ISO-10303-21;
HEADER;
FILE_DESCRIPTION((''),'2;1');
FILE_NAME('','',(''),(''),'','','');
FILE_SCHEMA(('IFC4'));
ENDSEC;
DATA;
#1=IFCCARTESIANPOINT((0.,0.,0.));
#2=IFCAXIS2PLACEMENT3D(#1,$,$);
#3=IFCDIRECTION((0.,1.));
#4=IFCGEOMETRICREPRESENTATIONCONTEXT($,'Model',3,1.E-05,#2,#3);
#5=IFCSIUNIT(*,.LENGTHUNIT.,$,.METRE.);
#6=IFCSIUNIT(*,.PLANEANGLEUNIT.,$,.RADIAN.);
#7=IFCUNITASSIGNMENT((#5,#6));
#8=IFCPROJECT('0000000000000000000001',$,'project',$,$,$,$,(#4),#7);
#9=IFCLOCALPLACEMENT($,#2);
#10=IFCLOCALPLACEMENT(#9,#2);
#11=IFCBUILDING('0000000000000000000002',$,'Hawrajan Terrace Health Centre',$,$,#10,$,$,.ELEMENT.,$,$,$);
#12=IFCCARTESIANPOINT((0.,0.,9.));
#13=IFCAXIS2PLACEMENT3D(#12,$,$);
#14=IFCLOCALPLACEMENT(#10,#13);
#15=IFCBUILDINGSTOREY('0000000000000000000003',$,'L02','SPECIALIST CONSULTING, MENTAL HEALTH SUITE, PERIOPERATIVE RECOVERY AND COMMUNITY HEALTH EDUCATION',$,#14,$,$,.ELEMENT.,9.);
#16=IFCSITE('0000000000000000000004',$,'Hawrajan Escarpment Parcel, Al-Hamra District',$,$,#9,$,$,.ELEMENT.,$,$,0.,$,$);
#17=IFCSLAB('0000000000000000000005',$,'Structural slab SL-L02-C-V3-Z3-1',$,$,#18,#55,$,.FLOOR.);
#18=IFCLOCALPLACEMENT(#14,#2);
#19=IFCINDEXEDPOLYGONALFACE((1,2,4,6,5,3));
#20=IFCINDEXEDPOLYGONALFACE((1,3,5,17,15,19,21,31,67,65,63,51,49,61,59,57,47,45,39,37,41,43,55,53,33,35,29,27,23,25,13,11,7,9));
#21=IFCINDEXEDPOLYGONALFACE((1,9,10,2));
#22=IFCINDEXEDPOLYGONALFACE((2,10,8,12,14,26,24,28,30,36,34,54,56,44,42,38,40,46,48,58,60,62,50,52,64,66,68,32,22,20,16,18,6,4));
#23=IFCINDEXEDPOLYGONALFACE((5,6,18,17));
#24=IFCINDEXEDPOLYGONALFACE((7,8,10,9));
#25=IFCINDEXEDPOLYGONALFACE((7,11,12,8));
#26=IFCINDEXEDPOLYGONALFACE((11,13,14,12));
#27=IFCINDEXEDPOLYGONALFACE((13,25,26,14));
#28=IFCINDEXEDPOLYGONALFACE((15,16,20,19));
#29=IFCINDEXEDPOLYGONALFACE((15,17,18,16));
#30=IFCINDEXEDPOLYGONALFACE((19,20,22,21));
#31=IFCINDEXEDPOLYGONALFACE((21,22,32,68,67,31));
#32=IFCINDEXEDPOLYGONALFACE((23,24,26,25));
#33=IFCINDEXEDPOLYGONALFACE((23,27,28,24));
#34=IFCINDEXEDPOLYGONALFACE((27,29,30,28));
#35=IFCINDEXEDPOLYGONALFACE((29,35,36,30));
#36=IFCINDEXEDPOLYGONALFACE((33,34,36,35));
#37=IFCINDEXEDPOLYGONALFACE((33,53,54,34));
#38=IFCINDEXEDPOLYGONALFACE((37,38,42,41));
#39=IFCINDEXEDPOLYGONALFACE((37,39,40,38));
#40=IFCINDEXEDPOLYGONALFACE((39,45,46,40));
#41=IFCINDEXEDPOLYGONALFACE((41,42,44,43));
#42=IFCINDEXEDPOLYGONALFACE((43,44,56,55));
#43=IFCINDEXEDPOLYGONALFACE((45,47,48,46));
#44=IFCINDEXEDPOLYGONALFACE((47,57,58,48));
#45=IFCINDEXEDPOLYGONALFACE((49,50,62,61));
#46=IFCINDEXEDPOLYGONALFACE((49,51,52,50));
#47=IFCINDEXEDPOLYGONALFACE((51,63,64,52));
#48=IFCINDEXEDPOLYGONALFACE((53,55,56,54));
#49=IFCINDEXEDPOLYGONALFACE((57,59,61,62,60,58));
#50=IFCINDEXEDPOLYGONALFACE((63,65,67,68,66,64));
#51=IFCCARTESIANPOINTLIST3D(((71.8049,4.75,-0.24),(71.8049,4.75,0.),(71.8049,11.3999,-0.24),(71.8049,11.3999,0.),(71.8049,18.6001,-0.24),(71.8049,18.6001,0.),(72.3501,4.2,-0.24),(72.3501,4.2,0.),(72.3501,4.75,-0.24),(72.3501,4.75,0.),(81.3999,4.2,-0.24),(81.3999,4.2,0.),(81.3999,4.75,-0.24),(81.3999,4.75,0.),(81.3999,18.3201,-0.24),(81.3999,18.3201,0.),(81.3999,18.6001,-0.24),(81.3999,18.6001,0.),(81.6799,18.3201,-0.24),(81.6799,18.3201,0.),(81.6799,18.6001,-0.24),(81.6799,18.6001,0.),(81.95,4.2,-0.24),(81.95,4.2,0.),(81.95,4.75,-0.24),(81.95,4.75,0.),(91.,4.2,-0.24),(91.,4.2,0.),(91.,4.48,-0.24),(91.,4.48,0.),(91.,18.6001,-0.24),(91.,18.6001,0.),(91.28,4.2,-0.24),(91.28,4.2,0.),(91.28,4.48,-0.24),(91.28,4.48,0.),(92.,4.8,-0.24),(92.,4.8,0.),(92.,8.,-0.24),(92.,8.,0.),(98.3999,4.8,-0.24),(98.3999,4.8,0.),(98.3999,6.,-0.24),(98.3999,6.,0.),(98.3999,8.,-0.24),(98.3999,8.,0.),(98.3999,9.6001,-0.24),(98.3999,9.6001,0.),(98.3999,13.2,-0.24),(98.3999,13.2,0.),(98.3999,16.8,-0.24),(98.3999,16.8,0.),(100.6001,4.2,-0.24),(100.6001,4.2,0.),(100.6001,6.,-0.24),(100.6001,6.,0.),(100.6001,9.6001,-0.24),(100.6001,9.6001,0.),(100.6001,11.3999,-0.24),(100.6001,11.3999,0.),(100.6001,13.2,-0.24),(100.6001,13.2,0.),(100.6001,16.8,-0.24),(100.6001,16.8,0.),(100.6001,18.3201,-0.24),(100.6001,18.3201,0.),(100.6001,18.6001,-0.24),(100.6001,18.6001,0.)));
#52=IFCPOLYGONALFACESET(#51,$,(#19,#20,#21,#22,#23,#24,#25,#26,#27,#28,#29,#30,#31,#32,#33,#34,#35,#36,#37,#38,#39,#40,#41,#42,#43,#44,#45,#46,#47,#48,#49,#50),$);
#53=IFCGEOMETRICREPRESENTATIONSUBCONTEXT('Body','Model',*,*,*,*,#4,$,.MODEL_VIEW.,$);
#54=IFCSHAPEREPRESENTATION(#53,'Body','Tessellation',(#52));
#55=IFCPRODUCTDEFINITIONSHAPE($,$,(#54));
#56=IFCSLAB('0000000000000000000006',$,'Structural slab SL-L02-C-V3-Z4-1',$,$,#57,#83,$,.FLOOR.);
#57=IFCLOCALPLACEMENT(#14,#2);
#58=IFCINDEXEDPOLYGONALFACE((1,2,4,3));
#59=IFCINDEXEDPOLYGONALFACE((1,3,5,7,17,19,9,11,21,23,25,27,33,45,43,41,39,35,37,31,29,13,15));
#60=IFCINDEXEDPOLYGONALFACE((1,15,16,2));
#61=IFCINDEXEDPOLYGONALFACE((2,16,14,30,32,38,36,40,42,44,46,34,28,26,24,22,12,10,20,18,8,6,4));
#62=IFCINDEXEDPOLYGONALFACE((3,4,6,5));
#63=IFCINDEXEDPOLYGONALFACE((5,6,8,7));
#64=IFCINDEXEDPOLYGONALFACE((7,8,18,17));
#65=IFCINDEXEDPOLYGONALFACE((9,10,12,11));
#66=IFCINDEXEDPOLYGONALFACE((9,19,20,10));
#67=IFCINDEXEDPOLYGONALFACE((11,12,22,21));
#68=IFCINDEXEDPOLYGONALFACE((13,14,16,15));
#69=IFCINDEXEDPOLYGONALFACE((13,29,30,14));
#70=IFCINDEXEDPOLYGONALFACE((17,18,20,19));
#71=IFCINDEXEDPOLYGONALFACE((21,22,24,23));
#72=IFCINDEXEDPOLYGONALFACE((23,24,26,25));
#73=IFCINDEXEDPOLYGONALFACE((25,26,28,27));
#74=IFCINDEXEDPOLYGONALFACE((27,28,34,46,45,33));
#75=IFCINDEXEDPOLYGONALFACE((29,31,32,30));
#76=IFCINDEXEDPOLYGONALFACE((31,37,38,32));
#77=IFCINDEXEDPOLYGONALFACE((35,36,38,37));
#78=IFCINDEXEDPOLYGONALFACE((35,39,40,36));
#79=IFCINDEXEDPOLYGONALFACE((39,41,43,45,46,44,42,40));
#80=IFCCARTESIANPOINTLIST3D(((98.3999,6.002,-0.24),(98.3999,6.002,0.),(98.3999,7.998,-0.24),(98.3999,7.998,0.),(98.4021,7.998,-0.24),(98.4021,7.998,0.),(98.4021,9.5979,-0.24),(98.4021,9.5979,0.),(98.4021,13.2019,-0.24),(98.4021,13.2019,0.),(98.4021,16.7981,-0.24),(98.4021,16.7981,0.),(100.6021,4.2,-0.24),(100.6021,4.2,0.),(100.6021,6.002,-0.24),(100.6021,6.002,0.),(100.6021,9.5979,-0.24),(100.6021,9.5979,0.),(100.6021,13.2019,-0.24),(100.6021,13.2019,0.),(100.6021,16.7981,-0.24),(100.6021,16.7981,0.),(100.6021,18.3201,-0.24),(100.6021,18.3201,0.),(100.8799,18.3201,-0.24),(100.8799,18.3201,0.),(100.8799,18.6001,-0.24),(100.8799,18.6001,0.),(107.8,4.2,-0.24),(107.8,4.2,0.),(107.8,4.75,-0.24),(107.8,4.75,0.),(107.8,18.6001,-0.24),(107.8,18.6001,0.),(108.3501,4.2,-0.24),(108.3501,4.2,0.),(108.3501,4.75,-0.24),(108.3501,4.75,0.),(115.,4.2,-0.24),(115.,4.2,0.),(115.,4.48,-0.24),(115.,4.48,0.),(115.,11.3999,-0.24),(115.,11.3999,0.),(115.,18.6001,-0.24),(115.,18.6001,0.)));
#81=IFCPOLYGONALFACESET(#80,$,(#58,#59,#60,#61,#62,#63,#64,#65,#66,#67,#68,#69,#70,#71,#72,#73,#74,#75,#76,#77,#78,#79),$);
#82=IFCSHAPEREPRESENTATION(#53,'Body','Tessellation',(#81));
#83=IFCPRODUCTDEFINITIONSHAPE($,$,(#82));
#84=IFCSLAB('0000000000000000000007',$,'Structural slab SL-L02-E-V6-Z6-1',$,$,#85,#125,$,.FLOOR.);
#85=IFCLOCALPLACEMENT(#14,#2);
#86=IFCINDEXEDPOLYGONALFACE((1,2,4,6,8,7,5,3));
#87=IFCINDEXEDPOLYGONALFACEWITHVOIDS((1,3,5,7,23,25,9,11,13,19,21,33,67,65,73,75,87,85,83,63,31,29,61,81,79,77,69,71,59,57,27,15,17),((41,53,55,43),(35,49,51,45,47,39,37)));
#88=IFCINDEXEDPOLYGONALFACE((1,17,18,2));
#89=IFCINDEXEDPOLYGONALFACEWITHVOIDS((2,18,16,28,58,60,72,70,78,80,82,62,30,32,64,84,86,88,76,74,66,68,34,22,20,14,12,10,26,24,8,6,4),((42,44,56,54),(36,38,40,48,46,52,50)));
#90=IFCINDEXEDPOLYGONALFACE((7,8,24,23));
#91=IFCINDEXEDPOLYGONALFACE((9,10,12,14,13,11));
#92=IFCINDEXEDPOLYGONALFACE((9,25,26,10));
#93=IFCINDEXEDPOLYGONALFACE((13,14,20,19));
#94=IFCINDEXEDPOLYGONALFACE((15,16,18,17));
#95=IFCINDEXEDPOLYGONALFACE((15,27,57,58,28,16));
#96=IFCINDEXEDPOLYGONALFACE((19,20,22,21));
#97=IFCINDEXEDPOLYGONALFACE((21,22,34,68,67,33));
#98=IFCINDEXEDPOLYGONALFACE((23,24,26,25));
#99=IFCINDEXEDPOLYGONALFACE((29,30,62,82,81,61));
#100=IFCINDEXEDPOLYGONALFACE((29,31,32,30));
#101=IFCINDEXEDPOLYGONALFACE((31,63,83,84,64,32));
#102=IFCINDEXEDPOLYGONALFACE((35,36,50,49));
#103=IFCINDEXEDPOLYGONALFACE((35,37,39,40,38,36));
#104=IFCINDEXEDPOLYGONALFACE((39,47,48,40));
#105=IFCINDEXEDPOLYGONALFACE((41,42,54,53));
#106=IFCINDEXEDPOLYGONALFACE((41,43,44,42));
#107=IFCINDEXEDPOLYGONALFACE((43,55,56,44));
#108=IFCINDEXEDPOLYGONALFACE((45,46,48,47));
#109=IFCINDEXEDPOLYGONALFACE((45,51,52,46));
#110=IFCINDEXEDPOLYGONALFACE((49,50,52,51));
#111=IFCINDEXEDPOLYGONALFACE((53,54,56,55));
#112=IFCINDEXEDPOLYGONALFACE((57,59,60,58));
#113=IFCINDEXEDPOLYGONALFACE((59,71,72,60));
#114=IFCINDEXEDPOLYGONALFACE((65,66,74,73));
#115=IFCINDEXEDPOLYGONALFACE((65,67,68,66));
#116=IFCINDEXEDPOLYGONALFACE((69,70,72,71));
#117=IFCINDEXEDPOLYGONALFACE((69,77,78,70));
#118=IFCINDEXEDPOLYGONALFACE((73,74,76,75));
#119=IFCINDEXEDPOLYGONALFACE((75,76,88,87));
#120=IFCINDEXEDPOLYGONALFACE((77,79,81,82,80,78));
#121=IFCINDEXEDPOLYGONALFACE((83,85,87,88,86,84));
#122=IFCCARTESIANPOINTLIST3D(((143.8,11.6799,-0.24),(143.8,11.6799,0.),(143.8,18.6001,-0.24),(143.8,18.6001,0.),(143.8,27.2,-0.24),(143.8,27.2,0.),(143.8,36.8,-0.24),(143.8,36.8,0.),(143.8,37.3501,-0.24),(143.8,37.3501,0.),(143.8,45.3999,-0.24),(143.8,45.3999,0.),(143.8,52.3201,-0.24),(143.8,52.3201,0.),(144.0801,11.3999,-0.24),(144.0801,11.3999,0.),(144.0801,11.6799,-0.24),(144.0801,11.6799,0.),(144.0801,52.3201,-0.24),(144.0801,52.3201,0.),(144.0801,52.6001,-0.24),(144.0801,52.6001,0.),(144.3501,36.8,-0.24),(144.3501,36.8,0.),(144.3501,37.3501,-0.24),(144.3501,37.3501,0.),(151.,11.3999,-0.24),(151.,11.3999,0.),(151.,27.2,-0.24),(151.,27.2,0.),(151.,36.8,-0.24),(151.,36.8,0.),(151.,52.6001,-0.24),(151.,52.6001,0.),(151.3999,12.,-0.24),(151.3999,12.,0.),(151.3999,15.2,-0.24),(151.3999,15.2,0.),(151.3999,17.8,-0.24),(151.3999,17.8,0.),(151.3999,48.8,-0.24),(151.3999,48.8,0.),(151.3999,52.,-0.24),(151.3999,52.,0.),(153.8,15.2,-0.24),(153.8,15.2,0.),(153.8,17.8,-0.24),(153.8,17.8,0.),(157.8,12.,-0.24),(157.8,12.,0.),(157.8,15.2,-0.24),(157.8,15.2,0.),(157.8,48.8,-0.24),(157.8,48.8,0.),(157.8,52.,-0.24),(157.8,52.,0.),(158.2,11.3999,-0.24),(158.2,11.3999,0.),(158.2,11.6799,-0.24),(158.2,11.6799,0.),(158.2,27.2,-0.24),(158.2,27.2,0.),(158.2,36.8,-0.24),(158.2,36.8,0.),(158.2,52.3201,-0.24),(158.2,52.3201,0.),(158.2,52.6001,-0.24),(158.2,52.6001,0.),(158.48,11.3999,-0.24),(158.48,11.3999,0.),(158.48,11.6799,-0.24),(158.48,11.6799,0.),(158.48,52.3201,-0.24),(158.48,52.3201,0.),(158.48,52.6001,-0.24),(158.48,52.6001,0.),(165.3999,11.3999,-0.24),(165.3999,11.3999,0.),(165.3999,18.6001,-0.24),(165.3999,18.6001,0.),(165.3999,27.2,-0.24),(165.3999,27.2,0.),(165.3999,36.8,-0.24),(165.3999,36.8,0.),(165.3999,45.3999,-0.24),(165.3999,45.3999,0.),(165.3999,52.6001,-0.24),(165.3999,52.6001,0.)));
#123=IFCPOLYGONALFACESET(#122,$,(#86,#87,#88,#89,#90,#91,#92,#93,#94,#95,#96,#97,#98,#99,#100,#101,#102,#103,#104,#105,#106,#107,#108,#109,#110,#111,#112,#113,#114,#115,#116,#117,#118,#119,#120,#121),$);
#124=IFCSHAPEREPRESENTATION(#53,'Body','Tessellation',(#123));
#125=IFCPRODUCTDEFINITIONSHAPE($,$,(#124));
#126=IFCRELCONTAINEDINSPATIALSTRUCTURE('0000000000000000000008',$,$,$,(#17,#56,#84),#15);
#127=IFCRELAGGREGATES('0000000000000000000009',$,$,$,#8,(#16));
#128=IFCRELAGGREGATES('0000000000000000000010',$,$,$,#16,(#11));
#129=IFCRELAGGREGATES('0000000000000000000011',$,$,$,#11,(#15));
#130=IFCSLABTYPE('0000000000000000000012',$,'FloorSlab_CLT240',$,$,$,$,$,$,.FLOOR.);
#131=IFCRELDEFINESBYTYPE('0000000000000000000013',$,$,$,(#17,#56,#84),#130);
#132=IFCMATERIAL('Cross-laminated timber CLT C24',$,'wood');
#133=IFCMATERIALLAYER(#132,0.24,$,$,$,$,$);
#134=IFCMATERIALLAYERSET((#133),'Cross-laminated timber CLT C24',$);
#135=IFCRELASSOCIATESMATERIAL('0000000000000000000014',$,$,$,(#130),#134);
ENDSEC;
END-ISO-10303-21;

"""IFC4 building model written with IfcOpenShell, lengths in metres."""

from ifc_helpers import new_model, si_unit, direction, frame, origin, place, context, subcontext, project, spatial, polyline, outline, extrude, material, layer, layer_set, type_object, element, save


model = new_model("IFC4")

# Units and contexts
model_context = context("Model", 3, precision=1e-05, world=origin(), true_north=direction((0.0, 1.0)))
body_context = subcontext(model_context, "Body", "Model", "MODEL_VIEW")
ifc_project = project(units=[si_unit("LENGTHUNIT", "METRE"), si_unit("PLANEANGLEUNIT", "RADIAN")], contexts=[model_context])

# Site, building, storey
site_placement = place(None, origin())
site = spatial("IfcSite", under=ifc_project, at=site_placement, Name="Hawrajan Escarpment Parcel, Al-Hamra District", CompositionType="ELEMENT", RefElevation=0.0)
building_placement = place(site_placement, origin())
building = spatial("IfcBuilding", under=site, at=building_placement, Name="Hawrajan Terrace Health Centre", CompositionType="ELEMENT")
storey_placement = place(building_placement, frame((0.0, 0.0, 9.0)))
storey = spatial("IfcBuildingStorey", under=building, at=storey_placement, Name="L02", Description="SPECIALIST CONSULTING, MENTAL HEALTH SUITE, PERIOPERATIVE RECOVERY AND COMMUNITY HEALTH EDUCATION", CompositionType="ELEMENT", Elevation=9.0)

# Slabs
ifc_material_1 = material(Name="Cross-laminated timber CLT C24", Category="wood")
ifc_layer_1 = layer(ifc_material_1, 0.24)
ifc_layer_set_1 = layer_set([ifc_layer_1], Name="Cross-laminated timber CLT C24")
slab_type_1 = type_object("IfcSlabType", Name="FloorSlab_CLT240", PredefinedType="FLOOR", material=ifc_layer_set_1)
slab_1_placement = place(storey_placement, frame((0.0, 0.0, -0.24)))
element("IfcSlab", 1, at=slab_1_placement, inside=storey, type_object=slab_type_1, Name="Structural slab SL-L02-C-V3-Z3-1", PredefinedType="FLOOR", context=body_context, shape_type="SweptSolid", body=[
    extrude(outline(polyline([(71.8049, 18.6001), (81.3999, 18.6001), (81.3999, 18.3201), (81.6799, 18.3201), (81.6799, 18.6001), (91.0, 18.6001), (100.6001, 18.6001), (100.6001, 18.3201), (100.6001, 16.8), (98.3999, 16.8), (98.3999, 13.2), (100.6001, 13.2), (100.6001, 11.3999), (100.6001, 9.6001), (98.3999, 9.6001), (98.3999, 8.0), (92.0, 8.0), (92.0, 4.8), (98.3999, 4.8), (98.3999, 6.0), (100.6001, 6.0), (100.6001, 4.2), (91.28, 4.2), (91.28, 4.48), (91.0, 4.48), (91.0, 4.2), (81.95, 4.2), (81.95, 4.75), (81.3999, 4.75), (81.3999, 4.2), (72.3501, 4.2), (72.3501, 4.75), (71.8049, 4.75), (71.8049, 11.3999), (71.8049, 18.6001)])), origin(), (0.0, 0.0, 1.0), 0.24),
])
slab_2_placement = place(storey_placement, frame((0.0, 0.0, -0.24)))
element("IfcSlab", 2, at=slab_2_placement, inside=storey, type_object=slab_type_1, Name="Structural slab SL-L02-C-V3-Z4-1", PredefinedType="FLOOR", context=body_context, shape_type="SweptSolid", body=[
    extrude(outline(polyline([(100.8799, 18.3201), (100.8799, 18.6001), (107.8, 18.6001), (115.0, 18.6001), (115.0, 11.3999), (115.0, 4.48), (115.0, 4.2), (108.3501, 4.2), (108.3501, 4.75), (107.8, 4.75), (107.8, 4.2), (100.6021, 4.2), (100.6021, 6.002), (98.3999, 6.002), (98.3999, 7.998), (98.4021, 7.998), (98.4021, 9.5979), (100.6021, 9.5979), (100.6021, 13.2019), (98.4021, 13.2019), (98.4021, 16.7981), (100.6021, 16.7981), (100.6021, 18.3201), (100.8799, 18.3201)])), origin(), (0.0, 0.0, 1.0), 0.24),
])
slab_3_placement = place(storey_placement, frame((0.0, 0.0, -0.24)))
element("IfcSlab", 3, at=slab_3_placement, inside=storey, type_object=slab_type_1, Name="Structural slab SL-L02-E-V6-Z6-1", PredefinedType="FLOOR", context=body_context, shape_type="SweptSolid", body=[
    extrude(outline(polyline([(144.3501, 36.8), (144.3501, 37.3501), (143.8, 37.3501), (143.8, 45.3999), (143.8, 52.3201), (144.0801, 52.3201), (144.0801, 52.6001), (151.0, 52.6001), (158.2, 52.6001), (158.2, 52.3201), (158.48, 52.3201), (158.48, 52.6001), (165.3999, 52.6001), (165.3999, 45.3999), (165.3999, 36.8), (158.2, 36.8), (151.0, 36.8), (151.0, 27.2), (158.2, 27.2), (165.3999, 27.2), (165.3999, 18.6001), (165.3999, 11.3999), (158.48, 11.3999), (158.48, 11.6799), (158.2, 11.6799), (158.2, 11.3999), (151.0, 11.3999), (144.0801, 11.3999), (144.0801, 11.6799), (143.8, 11.6799), (143.8, 18.6001), (143.8, 27.2), (143.8, 36.8), (144.3501, 36.8)]), holes=[polyline([(157.8, 12.0), (157.8, 15.2), (153.8, 15.2), (153.8, 17.8), (151.3999, 17.8), (151.3999, 15.2), (151.3999, 12.0), (157.8, 12.0)]), polyline([(157.8, 52.0), (151.3999, 52.0), (151.3999, 48.8), (157.8, 48.8), (157.8, 52.0)])]), origin(), (0.0, 0.0, 1.0), 0.24),
])

save(model, "model.ifc")
